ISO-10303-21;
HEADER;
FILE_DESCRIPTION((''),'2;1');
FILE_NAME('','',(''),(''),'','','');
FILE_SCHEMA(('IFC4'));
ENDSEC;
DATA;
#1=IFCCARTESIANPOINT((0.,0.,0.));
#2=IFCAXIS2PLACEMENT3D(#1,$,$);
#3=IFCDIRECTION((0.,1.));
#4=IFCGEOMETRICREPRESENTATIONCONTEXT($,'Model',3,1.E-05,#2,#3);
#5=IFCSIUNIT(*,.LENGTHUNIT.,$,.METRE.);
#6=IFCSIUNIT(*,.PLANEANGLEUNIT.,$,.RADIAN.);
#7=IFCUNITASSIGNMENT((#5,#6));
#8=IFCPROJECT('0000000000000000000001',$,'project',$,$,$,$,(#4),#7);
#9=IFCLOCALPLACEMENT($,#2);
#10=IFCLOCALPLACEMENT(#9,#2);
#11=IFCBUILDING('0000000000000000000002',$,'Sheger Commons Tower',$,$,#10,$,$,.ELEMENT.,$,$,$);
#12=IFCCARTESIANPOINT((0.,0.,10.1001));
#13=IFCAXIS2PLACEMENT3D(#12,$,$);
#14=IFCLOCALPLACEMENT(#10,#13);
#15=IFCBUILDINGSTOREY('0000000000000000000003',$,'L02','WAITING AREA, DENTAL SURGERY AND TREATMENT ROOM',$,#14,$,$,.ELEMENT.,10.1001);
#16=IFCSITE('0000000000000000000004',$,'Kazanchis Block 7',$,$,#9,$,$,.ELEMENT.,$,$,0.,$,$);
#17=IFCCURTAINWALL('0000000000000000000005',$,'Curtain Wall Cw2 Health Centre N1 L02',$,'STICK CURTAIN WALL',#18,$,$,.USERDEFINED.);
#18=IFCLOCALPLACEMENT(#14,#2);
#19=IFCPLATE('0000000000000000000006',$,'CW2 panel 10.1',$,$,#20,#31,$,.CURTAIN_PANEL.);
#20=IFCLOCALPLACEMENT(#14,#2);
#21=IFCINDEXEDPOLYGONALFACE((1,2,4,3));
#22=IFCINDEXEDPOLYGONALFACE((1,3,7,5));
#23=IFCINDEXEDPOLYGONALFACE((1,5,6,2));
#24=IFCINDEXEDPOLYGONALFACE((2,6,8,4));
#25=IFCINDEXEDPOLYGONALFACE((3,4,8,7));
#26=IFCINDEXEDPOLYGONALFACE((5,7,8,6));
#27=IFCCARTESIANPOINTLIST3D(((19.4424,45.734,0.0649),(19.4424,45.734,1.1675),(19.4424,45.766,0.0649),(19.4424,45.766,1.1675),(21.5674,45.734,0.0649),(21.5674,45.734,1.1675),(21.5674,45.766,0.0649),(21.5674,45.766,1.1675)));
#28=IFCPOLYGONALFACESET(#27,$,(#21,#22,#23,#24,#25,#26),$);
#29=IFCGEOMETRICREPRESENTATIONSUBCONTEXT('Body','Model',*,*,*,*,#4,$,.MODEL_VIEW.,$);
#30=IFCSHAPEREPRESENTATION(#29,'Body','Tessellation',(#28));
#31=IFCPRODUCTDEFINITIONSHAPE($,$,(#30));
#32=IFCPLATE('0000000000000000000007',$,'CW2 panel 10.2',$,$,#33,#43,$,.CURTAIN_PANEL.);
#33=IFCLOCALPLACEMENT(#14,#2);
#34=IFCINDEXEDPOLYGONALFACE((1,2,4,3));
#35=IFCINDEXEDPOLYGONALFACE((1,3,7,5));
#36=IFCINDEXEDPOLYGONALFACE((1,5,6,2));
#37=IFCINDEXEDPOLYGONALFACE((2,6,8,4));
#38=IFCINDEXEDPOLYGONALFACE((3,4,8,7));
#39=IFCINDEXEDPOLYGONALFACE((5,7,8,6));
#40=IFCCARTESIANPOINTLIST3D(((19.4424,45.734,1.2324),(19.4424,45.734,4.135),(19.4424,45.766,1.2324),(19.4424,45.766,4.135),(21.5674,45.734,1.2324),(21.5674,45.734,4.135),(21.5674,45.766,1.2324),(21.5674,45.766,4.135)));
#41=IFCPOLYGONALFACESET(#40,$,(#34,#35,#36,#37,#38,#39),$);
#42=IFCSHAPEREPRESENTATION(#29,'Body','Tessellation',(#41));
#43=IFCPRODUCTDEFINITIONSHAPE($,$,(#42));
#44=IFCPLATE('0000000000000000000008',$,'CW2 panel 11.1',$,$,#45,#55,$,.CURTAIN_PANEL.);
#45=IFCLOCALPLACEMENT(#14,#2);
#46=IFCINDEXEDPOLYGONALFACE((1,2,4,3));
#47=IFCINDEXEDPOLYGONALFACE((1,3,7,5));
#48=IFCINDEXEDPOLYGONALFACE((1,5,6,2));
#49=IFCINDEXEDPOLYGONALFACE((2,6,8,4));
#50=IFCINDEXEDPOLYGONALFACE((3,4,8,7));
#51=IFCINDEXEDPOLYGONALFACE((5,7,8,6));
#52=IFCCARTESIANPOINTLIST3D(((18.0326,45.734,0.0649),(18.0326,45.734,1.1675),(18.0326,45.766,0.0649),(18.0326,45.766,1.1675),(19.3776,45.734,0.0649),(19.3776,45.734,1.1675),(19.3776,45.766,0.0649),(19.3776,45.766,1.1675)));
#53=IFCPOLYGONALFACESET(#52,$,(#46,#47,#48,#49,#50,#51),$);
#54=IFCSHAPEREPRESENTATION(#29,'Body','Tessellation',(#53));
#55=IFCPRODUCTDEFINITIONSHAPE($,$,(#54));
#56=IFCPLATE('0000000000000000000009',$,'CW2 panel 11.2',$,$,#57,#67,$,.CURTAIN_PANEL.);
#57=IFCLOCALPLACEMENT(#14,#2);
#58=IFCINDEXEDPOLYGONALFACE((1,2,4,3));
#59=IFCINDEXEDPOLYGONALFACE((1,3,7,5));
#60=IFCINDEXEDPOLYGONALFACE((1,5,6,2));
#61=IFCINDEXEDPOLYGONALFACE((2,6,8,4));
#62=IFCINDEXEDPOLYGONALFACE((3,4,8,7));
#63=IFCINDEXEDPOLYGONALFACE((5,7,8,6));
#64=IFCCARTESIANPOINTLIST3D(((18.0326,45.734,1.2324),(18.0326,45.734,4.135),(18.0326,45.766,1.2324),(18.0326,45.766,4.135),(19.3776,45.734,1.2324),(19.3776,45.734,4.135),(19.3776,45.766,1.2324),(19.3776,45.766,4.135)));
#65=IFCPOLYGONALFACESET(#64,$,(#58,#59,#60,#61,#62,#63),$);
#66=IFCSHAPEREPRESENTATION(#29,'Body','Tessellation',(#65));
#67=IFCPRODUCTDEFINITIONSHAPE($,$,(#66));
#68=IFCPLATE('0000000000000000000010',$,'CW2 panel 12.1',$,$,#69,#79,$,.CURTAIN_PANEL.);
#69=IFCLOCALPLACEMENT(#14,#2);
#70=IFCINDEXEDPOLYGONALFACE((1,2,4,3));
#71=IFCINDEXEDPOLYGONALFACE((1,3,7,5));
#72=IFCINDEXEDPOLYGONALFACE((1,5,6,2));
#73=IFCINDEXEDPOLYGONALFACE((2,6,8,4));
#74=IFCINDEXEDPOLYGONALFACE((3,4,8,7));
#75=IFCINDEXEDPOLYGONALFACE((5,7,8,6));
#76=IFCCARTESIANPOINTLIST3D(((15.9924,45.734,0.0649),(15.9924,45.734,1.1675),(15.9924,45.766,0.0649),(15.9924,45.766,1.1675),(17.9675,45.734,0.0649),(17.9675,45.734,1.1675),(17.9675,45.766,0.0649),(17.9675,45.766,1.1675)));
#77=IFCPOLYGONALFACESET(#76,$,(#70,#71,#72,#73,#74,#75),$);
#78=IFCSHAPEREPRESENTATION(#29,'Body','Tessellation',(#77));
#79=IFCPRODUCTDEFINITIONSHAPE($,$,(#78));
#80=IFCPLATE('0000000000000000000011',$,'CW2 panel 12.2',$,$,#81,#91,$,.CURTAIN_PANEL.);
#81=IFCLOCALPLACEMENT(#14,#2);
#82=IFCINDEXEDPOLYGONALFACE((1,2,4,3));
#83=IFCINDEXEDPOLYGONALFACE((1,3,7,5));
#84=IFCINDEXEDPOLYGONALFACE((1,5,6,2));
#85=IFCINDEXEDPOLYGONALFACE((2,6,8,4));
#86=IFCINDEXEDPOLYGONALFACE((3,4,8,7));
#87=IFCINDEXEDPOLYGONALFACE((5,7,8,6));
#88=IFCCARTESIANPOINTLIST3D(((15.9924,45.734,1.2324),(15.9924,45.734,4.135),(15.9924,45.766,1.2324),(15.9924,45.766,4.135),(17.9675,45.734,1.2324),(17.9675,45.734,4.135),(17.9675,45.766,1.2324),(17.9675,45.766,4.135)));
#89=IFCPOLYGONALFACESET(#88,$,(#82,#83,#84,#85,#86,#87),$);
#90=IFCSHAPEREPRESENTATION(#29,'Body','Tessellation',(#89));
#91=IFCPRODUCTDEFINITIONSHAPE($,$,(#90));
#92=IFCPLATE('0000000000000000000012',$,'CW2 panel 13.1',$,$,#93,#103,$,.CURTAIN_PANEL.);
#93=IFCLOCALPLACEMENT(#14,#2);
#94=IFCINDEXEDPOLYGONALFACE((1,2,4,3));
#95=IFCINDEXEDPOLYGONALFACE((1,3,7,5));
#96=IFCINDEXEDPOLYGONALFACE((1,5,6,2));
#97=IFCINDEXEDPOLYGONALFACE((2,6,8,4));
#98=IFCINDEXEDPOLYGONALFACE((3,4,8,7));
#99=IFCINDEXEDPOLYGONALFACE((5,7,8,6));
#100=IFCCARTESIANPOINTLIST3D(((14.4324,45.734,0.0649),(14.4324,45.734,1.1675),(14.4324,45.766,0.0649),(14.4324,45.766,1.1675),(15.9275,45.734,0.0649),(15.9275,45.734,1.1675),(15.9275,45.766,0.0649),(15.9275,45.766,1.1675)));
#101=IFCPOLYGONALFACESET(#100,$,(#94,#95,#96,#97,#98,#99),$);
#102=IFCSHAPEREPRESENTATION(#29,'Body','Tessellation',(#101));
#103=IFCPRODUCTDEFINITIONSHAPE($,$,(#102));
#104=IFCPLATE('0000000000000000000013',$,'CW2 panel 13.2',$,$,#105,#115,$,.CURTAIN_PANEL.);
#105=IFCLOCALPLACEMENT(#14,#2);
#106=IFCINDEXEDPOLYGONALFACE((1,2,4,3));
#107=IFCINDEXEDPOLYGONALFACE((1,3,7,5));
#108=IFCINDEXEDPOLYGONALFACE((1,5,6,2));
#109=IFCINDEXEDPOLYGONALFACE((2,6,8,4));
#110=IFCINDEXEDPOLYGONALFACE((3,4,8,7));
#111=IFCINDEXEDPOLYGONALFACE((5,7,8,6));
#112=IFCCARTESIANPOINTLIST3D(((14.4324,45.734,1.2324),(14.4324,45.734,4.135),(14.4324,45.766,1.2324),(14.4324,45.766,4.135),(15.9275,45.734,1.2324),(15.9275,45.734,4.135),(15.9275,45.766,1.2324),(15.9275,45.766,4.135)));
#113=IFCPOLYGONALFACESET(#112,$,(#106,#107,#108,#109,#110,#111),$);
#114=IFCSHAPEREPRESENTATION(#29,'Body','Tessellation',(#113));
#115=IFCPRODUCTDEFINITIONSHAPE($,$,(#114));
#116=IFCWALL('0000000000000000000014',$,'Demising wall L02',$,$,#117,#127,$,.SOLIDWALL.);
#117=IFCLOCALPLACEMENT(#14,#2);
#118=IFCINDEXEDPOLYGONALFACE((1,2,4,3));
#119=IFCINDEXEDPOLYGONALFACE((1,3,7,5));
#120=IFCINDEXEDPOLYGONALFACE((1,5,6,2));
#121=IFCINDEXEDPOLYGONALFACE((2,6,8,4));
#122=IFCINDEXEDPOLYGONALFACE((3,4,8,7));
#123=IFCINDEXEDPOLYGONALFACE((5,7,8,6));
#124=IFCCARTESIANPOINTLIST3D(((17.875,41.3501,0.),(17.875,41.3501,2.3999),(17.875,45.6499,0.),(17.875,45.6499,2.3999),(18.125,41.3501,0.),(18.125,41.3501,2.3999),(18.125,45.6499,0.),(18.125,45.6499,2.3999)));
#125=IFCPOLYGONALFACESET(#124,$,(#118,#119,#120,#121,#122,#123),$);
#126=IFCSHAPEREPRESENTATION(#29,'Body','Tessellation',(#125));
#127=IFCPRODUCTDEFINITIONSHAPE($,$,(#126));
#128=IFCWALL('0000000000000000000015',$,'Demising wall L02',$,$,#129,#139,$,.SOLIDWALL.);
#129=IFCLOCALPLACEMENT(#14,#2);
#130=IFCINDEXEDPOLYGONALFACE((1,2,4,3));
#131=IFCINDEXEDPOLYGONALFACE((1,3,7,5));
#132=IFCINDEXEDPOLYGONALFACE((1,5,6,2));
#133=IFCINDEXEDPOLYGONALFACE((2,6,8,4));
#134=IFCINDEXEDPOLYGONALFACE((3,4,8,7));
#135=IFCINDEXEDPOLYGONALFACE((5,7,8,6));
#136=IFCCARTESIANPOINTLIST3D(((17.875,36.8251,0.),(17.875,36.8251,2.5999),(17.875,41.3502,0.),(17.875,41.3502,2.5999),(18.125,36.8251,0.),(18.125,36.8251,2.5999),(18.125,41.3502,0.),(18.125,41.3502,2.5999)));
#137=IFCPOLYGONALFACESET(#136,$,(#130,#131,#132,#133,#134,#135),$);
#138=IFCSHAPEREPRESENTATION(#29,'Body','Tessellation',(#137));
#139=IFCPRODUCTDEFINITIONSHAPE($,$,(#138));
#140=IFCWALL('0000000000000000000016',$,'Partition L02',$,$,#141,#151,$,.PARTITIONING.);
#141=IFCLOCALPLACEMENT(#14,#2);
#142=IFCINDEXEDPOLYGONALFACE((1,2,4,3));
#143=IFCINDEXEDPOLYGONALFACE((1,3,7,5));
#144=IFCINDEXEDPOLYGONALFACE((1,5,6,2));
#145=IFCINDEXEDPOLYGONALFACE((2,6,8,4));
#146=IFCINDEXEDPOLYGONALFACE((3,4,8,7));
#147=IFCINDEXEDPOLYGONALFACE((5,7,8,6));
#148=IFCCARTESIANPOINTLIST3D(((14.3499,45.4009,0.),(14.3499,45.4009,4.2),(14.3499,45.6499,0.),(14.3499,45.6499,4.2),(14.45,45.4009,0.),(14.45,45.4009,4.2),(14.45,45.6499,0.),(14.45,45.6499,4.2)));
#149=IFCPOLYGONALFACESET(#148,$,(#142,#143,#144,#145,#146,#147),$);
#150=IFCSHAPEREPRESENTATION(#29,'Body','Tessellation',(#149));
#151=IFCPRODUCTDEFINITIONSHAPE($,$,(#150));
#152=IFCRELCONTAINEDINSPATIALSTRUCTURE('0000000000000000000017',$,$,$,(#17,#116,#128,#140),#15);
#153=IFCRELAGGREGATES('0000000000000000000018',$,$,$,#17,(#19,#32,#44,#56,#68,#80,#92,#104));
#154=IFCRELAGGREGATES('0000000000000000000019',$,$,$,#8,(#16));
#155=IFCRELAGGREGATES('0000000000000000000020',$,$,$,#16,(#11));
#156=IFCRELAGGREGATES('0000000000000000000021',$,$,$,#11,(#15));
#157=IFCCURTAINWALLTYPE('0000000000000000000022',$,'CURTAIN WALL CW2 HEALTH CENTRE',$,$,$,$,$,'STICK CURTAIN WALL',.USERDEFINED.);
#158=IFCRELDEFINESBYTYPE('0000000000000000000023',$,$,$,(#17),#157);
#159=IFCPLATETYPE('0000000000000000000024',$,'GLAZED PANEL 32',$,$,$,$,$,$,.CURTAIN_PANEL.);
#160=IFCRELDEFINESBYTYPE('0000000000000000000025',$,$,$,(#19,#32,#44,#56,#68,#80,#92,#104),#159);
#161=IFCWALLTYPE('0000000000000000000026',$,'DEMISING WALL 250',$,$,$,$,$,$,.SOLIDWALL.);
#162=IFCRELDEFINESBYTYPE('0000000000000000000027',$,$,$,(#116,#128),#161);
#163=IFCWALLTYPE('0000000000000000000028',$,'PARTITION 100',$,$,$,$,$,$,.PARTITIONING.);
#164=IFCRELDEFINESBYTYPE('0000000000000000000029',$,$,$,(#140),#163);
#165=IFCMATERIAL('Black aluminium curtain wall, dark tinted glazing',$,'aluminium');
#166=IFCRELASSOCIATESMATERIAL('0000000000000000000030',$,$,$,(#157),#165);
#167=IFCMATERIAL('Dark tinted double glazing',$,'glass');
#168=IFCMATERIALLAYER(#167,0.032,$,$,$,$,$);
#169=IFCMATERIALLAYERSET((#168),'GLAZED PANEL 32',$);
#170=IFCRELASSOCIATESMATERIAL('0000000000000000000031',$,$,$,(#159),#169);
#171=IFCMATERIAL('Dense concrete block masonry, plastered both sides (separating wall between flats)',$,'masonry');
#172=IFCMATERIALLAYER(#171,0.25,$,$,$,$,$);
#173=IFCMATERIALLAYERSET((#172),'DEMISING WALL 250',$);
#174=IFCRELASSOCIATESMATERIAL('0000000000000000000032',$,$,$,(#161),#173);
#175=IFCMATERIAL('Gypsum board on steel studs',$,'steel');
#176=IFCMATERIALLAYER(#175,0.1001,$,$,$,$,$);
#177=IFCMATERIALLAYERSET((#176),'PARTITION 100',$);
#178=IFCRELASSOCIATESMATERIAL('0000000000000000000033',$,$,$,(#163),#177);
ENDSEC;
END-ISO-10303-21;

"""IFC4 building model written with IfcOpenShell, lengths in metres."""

from ifc_helpers import new_model, si_unit, direction, frame, frame_2d, origin, origin_2d, place, context, subcontext, project, spatial, rectangle, extrude, material, layer, layer_set, type_object, element, aggregate, save


model = new_model("IFC4")

# Units and contexts
model_context = context("Model", 3, precision=1e-05, world=origin(), true_north=direction((0.0, 1.0)))
body_context = subcontext(model_context, "Body", "Model", "MODEL_VIEW")
ifc_project = project(units=[si_unit("LENGTHUNIT", "METRE"), si_unit("PLANEANGLEUNIT", "RADIAN")], contexts=[model_context])

# Site, building, storey
site_placement = place(None, origin())
site = spatial("IfcSite", under=ifc_project, at=site_placement, Name="Kazanchis Block 7", CompositionType="ELEMENT", RefElevation=0.0)
building_placement = place(site_placement, origin())
building = spatial("IfcBuilding", under=site, at=building_placement, Name="Sheger Commons Tower", CompositionType="ELEMENT")
storey_placement = place(building_placement, frame((0.0, 0.0, 10.1001)))
storey = spatial("IfcBuildingStorey", under=building, at=storey_placement, Name="L02", Description="WAITING AREA, DENTAL SURGERY AND TREATMENT ROOM", CompositionType="ELEMENT", Elevation=10.1001)

# Curtain wall
ifc_material_1 = material(Name="Black aluminium curtain wall, dark tinted glazing", Category="aluminium")
curtain_wall_type = type_object("IfcCurtainWallType", Name="CURTAIN WALL CW2 HEALTH CENTRE", ElementType="STICK CURTAIN WALL", PredefinedType="USERDEFINED", material=ifc_material_1)
curtain_wall_placement = place(storey_placement, origin())
curtain_wall = element("IfcCurtainWall", 1, at=curtain_wall_placement, inside=storey, type_object=curtain_wall_type, Name="Curtain Wall Cw2 Health Centre N1 L02", ObjectType="STICK CURTAIN WALL", PredefinedType="USERDEFINED")

# Plates
ifc_material_2 = material(Name="Dark tinted double glazing", Category="glass")
ifc_layer_1 = layer(ifc_material_2, 0.032)
ifc_layer_set_1 = layer_set([ifc_layer_1], Name="GLAZED PANEL 32")
plate_type = type_object("IfcPlateType", Name="GLAZED PANEL 32", PredefinedType="CURTAIN_PANEL", material=ifc_layer_set_1)
plate_1_placement = place(storey_placement, frame((20.5049, 45.75, 0.0649), z_axis=(0.0, 0.0, 1.0), x_axis=(-1.0, 0.0, 0.0)))
plate_1 = element("IfcPlate", 2, at=plate_1_placement, type_object=plate_type, Name="CW2 panel 10.1", PredefinedType="CURTAIN_PANEL", context=body_context, shape_type="SweptSolid", body=[
    extrude(rectangle(XDim=2.125, YDim=0.032, at=origin_2d()), origin(), (0.0, 0.0, 1.0), 1.1025),
])
plate_2_placement = place(storey_placement, frame((20.5049, 45.75, 1.2324), z_axis=(0.0, 0.0, 1.0), x_axis=(-1.0, 0.0, 0.0)))
plate_2 = element("IfcPlate", 3, at=plate_2_placement, type_object=plate_type, Name="CW2 panel 10.2", PredefinedType="CURTAIN_PANEL", context=body_context, shape_type="SweptSolid", body=[
    extrude(rectangle(XDim=2.125, YDim=0.032, at=origin_2d()), origin(), (0.0, 0.0, 1.0), 2.9026),
])
plate_3_placement = place(storey_placement, frame((18.7051, 45.75, 0.0649), z_axis=(0.0, 0.0, 1.0), x_axis=(-1.0, 0.0, 0.0)))
plate_3 = element("IfcPlate", 4, at=plate_3_placement, type_object=plate_type, Name="CW2 panel 11.1", PredefinedType="CURTAIN_PANEL", context=body_context, shape_type="SweptSolid", body=[
    extrude(rectangle(XDim=1.345, YDim=0.032, at=origin_2d()), origin(), (0.0, 0.0, 1.0), 1.1025),
])
plate_4_placement = place(storey_placement, frame((18.7051, 45.75, 1.2324), z_axis=(0.0, 0.0, 1.0), x_axis=(-1.0, 0.0, 0.0)))
plate_4 = element("IfcPlate", 5, at=plate_4_placement, type_object=plate_type, Name="CW2 panel 11.2", PredefinedType="CURTAIN_PANEL", context=body_context, shape_type="SweptSolid", body=[
    extrude(rectangle(XDim=1.345, YDim=0.032, at=origin_2d()), origin(), (0.0, 0.0, 1.0), 2.9026),
])
plate_5_placement = place(storey_placement, frame((16.98, 45.75, 0.0649), z_axis=(0.0, 0.0, 1.0), x_axis=(-1.0, 0.0, 0.0)))
plate_5 = element("IfcPlate", 6, at=plate_5_placement, type_object=plate_type, Name="CW2 panel 12.1", PredefinedType="CURTAIN_PANEL", context=body_context, shape_type="SweptSolid", body=[
    extrude(rectangle(XDim=1.9751, YDim=0.032, at=origin_2d()), origin(), (0.0, 0.0, 1.0), 1.1025),
])
plate_6_placement = place(storey_placement, frame((16.98, 45.75, 1.2324), z_axis=(0.0, 0.0, 1.0), x_axis=(-1.0, 0.0, 0.0)))
plate_6 = element("IfcPlate", 7, at=plate_6_placement, type_object=plate_type, Name="CW2 panel 12.2", PredefinedType="CURTAIN_PANEL", context=body_context, shape_type="SweptSolid", body=[
    extrude(rectangle(XDim=1.9751, YDim=0.032, at=origin_2d()), origin(), (0.0, 0.0, 1.0), 2.9026),
])
plate_7_placement = place(storey_placement, frame((15.1799, 45.75, 0.0649), z_axis=(0.0, 0.0, 1.0), x_axis=(-1.0, 0.0, 0.0)))
plate_7 = element("IfcPlate", 8, at=plate_7_placement, type_object=plate_type, Name="CW2 panel 13.1", PredefinedType="CURTAIN_PANEL", context=body_context, shape_type="SweptSolid", body=[
    extrude(rectangle(XDim=1.4951, YDim=0.032, at=origin_2d()), origin(), (0.0, 0.0, 1.0), 1.1025),
])
plate_8_placement = place(storey_placement, frame((15.1799, 45.75, 1.2324), z_axis=(0.0, 0.0, 1.0), x_axis=(-1.0, 0.0, 0.0)))
plate_8 = element("IfcPlate", 9, at=plate_8_placement, type_object=plate_type, Name="CW2 panel 13.2", PredefinedType="CURTAIN_PANEL", context=body_context, shape_type="SweptSolid", body=[
    extrude(rectangle(XDim=1.4951, YDim=0.032, at=origin_2d()), origin(), (0.0, 0.0, 1.0), 2.9026),
])
aggregate(curtain_wall, [plate_1, plate_2, plate_3, plate_4, plate_5, plate_6, plate_7, plate_8])

# Walls
ifc_material_3 = material(Name="Dense concrete block masonry, plastered both sides (separating wall between flats)", Category="masonry")
ifc_layer_2 = layer(ifc_material_3, 0.25)
ifc_layer_set_2 = layer_set([ifc_layer_2], Name="DEMISING WALL 250")
wall_type_1 = type_object("IfcWallType", Name="DEMISING WALL 250", PredefinedType="SOLIDWALL", material=ifc_layer_set_2)
wall_1_placement = place(storey_placement, frame((18.0, 41.3501, 0.0), z_axis=(0.0, 0.0, 1.0), x_axis=(0.0, 1.0, 0.0)))
element("IfcWall", 10, at=wall_1_placement, inside=storey, type_object=wall_type_1, Name="Demising wall L02", PredefinedType="SOLIDWALL", context=body_context, shape_type="SweptSolid", body=[
    extrude(rectangle(XDim=4.2998, YDim=0.25, at=frame_2d((2.1499, 0.0))), origin(), (0.0, 0.0, 1.0), 2.3999),
])
wall_2_placement = place(storey_placement, frame((18.0, 36.825, 0.0), z_axis=(0.0, 0.0, 1.0), x_axis=(0.0, 1.0, 0.0)))
element("IfcWall", 11, at=wall_2_placement, inside=storey, type_object=wall_type_1, Name="Demising wall L02", PredefinedType="SOLIDWALL", context=body_context, shape_type="SweptSolid", body=[
    extrude(rectangle(XDim=4.5251, YDim=0.25, at=frame_2d((2.2627, 0.0))), origin(), (0.0, 0.0, 1.0), 2.5999),
])
ifc_material_4 = material(Name="Gypsum board on steel studs", Category="steel")
ifc_layer_3 = layer(ifc_material_4, 0.1001)
ifc_layer_set_3 = layer_set([ifc_layer_3], Name="PARTITION 100")
wall_type_2 = type_object("IfcWallType", Name="PARTITION 100", PredefinedType="PARTITIONING", material=ifc_layer_set_3)
wall_3_placement = place(storey_placement, frame((14.3999, 45.4009, 0.0), z_axis=(0.0, 0.0, 1.0), x_axis=(0.0, 1.0, 0.0)))
element("IfcWall", 12, at=wall_3_placement, inside=storey, type_object=wall_type_2, Name="Partition L02", PredefinedType="PARTITIONING", context=body_context, shape_type="SweptSolid", body=[
    extrude(rectangle(XDim=0.249, YDim=0.1001, at=frame_2d((0.1245, 0.0))), origin(), (0.0, 0.0, 1.0), 4.2),
])

save(model, "model.ifc")
